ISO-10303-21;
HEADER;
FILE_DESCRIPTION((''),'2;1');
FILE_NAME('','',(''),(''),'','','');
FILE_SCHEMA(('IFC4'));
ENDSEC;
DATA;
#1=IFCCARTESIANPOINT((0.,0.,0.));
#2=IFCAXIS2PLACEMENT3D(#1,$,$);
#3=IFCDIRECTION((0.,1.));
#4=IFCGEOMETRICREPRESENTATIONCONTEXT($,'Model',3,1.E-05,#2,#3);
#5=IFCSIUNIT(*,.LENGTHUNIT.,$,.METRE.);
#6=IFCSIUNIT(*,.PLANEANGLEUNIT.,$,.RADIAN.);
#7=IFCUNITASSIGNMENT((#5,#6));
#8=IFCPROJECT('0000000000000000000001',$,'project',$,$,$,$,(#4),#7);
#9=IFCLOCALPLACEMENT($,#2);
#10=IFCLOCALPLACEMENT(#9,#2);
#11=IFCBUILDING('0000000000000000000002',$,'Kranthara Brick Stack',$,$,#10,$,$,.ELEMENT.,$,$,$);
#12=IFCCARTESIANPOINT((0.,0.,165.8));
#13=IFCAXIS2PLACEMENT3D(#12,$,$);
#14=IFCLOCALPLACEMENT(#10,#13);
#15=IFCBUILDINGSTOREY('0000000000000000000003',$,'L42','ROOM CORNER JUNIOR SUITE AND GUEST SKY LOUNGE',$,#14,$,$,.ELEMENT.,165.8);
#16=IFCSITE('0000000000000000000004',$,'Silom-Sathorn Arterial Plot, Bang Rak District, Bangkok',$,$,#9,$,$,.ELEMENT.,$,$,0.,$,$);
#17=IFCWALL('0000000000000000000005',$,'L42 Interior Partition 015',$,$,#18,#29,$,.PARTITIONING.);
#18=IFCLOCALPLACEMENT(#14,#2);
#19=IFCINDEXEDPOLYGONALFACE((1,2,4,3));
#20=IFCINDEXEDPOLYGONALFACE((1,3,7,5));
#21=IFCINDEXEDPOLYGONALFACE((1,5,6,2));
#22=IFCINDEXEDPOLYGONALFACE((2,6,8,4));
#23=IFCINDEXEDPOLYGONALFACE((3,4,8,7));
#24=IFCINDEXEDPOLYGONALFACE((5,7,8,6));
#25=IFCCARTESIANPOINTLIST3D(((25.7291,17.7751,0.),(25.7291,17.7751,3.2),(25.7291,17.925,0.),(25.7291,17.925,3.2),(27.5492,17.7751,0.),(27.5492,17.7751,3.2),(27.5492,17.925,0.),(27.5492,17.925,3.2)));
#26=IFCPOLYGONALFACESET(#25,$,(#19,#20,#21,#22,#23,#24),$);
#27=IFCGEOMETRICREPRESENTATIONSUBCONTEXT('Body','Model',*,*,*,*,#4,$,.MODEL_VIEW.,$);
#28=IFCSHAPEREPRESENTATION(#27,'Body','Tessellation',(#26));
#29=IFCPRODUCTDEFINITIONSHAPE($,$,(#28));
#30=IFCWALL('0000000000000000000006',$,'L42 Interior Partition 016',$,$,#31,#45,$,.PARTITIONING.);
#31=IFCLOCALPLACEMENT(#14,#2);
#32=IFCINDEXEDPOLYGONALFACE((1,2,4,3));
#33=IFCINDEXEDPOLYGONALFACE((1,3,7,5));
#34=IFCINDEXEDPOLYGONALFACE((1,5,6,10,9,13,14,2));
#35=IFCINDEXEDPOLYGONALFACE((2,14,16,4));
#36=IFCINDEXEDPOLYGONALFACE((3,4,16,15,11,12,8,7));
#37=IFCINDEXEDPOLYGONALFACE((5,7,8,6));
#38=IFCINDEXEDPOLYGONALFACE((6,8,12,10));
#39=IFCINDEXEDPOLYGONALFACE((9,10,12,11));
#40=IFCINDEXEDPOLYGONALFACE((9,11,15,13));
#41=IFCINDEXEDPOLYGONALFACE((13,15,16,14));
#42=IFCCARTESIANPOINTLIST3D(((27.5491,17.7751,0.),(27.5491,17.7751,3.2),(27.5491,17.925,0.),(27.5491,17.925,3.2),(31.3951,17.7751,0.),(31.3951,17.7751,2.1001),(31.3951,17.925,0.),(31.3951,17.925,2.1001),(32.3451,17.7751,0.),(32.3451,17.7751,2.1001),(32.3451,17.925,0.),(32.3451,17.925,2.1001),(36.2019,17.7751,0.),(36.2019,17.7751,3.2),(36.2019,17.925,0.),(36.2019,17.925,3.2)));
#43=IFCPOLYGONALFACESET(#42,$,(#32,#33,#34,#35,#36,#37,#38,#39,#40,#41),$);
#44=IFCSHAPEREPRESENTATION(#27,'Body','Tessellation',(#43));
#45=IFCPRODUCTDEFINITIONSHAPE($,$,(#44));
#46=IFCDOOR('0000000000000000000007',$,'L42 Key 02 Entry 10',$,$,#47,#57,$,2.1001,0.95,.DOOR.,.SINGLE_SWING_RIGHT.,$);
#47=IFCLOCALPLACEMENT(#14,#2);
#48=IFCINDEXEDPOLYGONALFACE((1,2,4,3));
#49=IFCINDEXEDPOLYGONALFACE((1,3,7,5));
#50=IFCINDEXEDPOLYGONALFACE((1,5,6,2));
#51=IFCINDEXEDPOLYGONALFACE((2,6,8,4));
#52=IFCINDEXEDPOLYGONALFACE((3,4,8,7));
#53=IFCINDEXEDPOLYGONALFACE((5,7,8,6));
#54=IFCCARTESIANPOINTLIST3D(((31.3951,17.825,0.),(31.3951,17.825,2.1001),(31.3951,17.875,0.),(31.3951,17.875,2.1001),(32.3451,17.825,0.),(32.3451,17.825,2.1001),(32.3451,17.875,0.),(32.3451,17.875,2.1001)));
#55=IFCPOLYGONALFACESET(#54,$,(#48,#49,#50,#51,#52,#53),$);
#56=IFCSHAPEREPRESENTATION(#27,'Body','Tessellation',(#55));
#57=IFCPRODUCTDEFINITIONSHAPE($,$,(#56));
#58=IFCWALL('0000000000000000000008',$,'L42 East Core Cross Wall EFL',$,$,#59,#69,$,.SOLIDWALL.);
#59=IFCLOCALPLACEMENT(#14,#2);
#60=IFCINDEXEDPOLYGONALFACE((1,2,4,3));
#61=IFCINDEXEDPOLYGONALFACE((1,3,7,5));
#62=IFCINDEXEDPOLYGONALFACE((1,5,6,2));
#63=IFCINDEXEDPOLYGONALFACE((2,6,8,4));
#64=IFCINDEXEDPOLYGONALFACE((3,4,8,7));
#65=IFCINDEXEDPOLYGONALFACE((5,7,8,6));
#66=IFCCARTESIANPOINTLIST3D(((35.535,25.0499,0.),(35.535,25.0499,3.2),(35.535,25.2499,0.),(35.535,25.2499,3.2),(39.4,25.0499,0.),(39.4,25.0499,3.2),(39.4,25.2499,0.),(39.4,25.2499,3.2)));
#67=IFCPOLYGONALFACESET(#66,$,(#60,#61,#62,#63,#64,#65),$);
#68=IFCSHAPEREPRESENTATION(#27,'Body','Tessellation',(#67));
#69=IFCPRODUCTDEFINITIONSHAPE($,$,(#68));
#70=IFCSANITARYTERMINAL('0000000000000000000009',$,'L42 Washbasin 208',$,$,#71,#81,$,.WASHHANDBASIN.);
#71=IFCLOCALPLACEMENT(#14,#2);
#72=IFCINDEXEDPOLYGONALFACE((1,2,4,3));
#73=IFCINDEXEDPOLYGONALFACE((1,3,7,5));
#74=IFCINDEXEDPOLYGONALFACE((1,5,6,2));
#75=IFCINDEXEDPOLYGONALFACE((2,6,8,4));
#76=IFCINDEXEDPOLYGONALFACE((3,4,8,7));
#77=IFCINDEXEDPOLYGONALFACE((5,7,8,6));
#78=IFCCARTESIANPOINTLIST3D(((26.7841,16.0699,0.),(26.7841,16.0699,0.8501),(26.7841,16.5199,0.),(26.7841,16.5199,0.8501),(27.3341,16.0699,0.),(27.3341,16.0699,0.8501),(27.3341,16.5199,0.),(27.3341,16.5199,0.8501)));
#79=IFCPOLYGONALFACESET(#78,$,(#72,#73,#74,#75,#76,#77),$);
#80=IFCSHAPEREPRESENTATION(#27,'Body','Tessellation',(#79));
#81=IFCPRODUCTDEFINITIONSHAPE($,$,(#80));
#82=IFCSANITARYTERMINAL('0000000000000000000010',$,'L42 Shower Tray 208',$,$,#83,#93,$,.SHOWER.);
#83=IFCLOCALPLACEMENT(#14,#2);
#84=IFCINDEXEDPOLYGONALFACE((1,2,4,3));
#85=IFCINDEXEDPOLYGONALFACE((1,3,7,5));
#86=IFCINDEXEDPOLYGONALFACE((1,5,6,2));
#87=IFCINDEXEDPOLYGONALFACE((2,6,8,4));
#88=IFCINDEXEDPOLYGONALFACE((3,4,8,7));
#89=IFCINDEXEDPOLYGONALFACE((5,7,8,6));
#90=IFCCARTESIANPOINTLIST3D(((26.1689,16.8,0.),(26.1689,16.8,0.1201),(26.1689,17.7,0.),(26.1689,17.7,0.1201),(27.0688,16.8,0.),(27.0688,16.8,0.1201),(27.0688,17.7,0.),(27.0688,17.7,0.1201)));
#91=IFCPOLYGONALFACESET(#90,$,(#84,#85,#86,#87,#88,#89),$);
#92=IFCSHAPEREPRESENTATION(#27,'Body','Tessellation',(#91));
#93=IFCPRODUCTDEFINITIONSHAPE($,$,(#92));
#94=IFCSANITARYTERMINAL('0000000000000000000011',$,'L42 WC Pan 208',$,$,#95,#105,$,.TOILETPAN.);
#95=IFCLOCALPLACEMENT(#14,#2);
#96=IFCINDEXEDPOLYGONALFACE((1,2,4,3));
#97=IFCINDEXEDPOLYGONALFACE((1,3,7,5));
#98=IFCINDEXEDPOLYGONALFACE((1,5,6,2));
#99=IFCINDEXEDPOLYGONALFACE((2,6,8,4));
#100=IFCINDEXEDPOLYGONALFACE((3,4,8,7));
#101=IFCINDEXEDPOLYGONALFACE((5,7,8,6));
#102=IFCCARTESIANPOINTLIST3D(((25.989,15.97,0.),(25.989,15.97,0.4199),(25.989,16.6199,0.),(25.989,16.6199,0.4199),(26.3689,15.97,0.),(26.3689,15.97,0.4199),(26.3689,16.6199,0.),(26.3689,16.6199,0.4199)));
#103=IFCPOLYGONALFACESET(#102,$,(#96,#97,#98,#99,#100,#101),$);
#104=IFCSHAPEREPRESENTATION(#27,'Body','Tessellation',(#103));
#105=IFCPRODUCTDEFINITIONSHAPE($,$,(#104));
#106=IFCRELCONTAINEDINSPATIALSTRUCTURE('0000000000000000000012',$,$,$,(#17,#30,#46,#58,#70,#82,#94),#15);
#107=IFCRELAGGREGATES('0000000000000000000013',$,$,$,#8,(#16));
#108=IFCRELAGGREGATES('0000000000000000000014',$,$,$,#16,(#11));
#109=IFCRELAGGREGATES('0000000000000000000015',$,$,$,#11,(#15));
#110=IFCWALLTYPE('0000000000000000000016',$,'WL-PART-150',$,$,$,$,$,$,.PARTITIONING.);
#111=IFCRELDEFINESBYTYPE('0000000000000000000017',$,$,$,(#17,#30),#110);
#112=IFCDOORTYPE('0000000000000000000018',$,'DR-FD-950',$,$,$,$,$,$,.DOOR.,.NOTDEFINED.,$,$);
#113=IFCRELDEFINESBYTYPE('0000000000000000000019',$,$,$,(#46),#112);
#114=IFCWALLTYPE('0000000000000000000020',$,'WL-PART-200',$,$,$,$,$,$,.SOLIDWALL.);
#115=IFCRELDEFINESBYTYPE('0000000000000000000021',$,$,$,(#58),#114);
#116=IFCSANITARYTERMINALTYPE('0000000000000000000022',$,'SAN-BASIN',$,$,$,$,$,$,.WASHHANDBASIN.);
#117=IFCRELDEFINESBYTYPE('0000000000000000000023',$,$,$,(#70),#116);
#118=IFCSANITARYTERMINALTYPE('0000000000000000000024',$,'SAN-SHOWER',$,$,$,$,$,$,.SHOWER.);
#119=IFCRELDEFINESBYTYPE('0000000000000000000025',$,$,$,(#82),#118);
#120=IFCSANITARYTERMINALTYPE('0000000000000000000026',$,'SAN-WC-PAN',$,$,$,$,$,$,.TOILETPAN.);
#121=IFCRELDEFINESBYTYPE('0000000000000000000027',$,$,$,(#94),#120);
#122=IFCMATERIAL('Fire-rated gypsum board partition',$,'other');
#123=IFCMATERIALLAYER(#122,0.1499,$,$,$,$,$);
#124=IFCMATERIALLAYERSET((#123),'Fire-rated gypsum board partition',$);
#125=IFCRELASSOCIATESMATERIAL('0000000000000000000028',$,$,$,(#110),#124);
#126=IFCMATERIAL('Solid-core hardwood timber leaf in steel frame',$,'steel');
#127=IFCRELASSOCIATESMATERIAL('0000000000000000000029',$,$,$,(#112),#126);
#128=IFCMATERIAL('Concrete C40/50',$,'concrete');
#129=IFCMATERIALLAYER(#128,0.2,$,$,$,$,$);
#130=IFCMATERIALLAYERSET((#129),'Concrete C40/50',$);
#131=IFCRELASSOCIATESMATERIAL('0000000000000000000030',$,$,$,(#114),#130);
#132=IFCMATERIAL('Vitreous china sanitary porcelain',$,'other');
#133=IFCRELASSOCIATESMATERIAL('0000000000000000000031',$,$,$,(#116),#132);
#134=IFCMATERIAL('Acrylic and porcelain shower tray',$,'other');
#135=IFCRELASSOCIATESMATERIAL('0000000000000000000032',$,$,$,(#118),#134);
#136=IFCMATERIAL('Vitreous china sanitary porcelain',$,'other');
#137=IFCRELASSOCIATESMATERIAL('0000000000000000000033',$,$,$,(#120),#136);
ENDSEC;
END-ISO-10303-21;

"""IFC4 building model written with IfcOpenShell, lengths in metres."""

from ifc_helpers import new_model, si_unit, direction, frame, frame_2d, origin, origin_2d, place, context, subcontext, project, spatial, rectangle, extrude, material, layer, layer_set, type_object, element, fill, save


model = new_model("IFC4")

# Units and contexts
model_context = context("Model", 3, precision=1e-05, world=origin(), true_north=direction((0.0, 1.0)))
body_context = subcontext(model_context, "Body", "Model", "MODEL_VIEW")
ifc_project = project(units=[si_unit("LENGTHUNIT", "METRE"), si_unit("PLANEANGLEUNIT", "RADIAN")], contexts=[model_context])

# Site, building, storey
site_placement = place(None, origin())
site = spatial("IfcSite", under=ifc_project, at=site_placement, Name="Silom-Sathorn Arterial Plot, Bang Rak District, Bangkok", CompositionType="ELEMENT", RefElevation=0.0)
building_placement = place(site_placement, origin())
building = spatial("IfcBuilding", under=site, at=building_placement, Name="Kranthara Brick Stack", CompositionType="ELEMENT")
storey_placement = place(building_placement, frame((0.0, 0.0, 165.8)))
storey = spatial("IfcBuildingStorey", under=building, at=storey_placement, Name="L42", Description="ROOM CORNER JUNIOR SUITE AND GUEST SKY LOUNGE", CompositionType="ELEMENT", Elevation=165.8)

# Wall
ifc_material_1 = material(Name="Fire-rated gypsum board partition", Category="other")
ifc_layer_1 = layer(ifc_material_1, 0.1499)
ifc_layer_set_1 = layer_set([ifc_layer_1], Name="Fire-rated gypsum board partition")
wall_type_1 = type_object("IfcWallType", Name="WL-PART-150", PredefinedType="PARTITIONING", material=ifc_layer_set_1)
wall_1_placement = place(storey_placement, frame((25.729, 17.8501, 0.0), z_axis=(0.0, 0.0, 1.0), x_axis=(1.0, 0.0, 0.0)))
element("IfcWall", 1, at=wall_1_placement, inside=storey, type_object=wall_type_1, Name="L42 Interior Partition 015", PredefinedType="PARTITIONING", context=body_context, shape_type="SweptSolid", body=[
    extrude(rectangle(XDim=1.8201, YDim=0.1499, at=frame_2d((0.9102, 0.0))), origin(), (0.0, 0.0, 1.0), 3.2),
])

# Wall, opening, door
wall_2_placement = place(storey_placement, frame((27.5491, 17.8501, 0.0), z_axis=(0.0, 0.0, 1.0), x_axis=(1.0, 0.0, 0.0)))
wall_2 = element("IfcWall", 2, at=wall_2_placement, inside=storey, type_object=wall_type_1, Name="L42 Interior Partition 016", PredefinedType="PARTITIONING", context=body_context, shape_type="SweptSolid", body=[
    extrude(rectangle(XDim=8.6528, YDim=0.1499, at=frame_2d((4.3264, 0.0))), origin(), (0.0, 0.0, 1.0), 3.2),
])
opening_1_placement = place(wall_2_placement, frame((3.8459, 0.0, 0.0)))
opening_1 = element("IfcOpeningElement", 3, at=opening_1_placement, cuts=wall_2, PredefinedType="OPENING", context=body_context, shape_type="SweptSolid", body=[
    extrude(rectangle(XDim=0.95, YDim=2.1001, at=frame_2d((0.4751, 1.05))), frame((0.0, 0.085, 0.0), z_axis=(0.0, -1.0, 0.0), x_axis=(1.0, 0.0, 0.0)), (0.0, 0.0, 1.0), 0.1699),
])
ifc_material_2 = material(Name="Solid-core hardwood timber leaf in steel frame", Category="steel")
door_type_1 = type_object("IfcDoorType", Name="DR-FD-950", OperationType="NOTDEFINED", PredefinedType="DOOR", material=ifc_material_2)
door_1_placement = place(opening_1_placement, origin())
door_1 = element("IfcDoor", 4, at=door_1_placement, inside=storey, type_object=door_type_1, Name="L42 Key 02 Entry 10", OperationType="SINGLE_SWING_RIGHT", OverallHeight=2.1001, OverallWidth=0.95, PredefinedType="DOOR", context=body_context, shape_type="SweptSolid", body=[
    extrude(rectangle(XDim=0.95, YDim=2.1001, at=frame_2d((0.4751, 1.05))), frame((0.0, 0.0249, 0.0), z_axis=(0.0, -1.0, 0.0), x_axis=(1.0, 0.0, 0.0)), (0.0, 0.0, 1.0), 0.05),
])
fill(opening_1, door_1)

# Wall
ifc_material_3 = material(Name="Concrete C40/50", Category="concrete")
ifc_layer_2 = layer(ifc_material_3, 0.2)
ifc_layer_set_2 = layer_set([ifc_layer_2], Name="Concrete C40/50")
wall_type_2 = type_object("IfcWallType", Name="WL-PART-200", PredefinedType="SOLIDWALL", material=ifc_layer_set_2)
wall_3_placement = place(storey_placement, frame((35.5349, 25.1499, 0.0), z_axis=(0.0, 0.0, 1.0), x_axis=(1.0, 0.0, 0.0)))
element("IfcWall", 5, at=wall_3_placement, inside=storey, type_object=wall_type_2, Name="L42 East Core Cross Wall EFL", PredefinedType="SOLIDWALL", context=body_context, shape_type="SweptSolid", body=[
    extrude(rectangle(XDim=3.865, YDim=0.2, at=frame_2d((1.9326, 0.0))), origin(), (0.0, 0.0, 1.0), 3.2),
])

# Sanitary terminals
ifc_material_4 = material(Name="Vitreous china sanitary porcelain", Category="other")
sanitary_terminal_type_1 = type_object("IfcSanitaryTerminalType", Name="SAN-BASIN", PredefinedType="WASHHANDBASIN", material=ifc_material_4)
sanitary_terminal_1_placement = place(storey_placement, frame((27.0591, 16.2949, 0.0), z_axis=(0.0, 0.0, 1.0), x_axis=(1.0, 0.0, 0.0)))
element("IfcSanitaryTerminal", 6, at=sanitary_terminal_1_placement, inside=storey, type_object=sanitary_terminal_type_1, Name="L42 Washbasin 208", PredefinedType="WASHHANDBASIN", context=body_context, shape_type="SweptSolid", body=[
    extrude(rectangle(XDim=0.55, YDim=0.45, at=origin_2d()), origin(), (0.0, 0.0, 1.0), 0.8501),
])
ifc_material_5 = material(Name="Acrylic and porcelain shower tray", Category="other")
sanitary_terminal_type_2 = type_object("IfcSanitaryTerminalType", Name="SAN-SHOWER", PredefinedType="SHOWER", material=ifc_material_5)
sanitary_terminal_2_placement = place(storey_placement, frame((26.6189, 17.25, 0.0), z_axis=(0.0, 0.0, 1.0), x_axis=(1.0, 0.0, 0.0)))
element("IfcSanitaryTerminal", 7, at=sanitary_terminal_2_placement, inside=storey, type_object=sanitary_terminal_type_2, Name="L42 Shower Tray 208", PredefinedType="SHOWER", context=body_context, shape_type="SweptSolid", body=[
    extrude(rectangle(XDim=0.8999, YDim=0.8999, at=origin_2d()), origin(), (0.0, 0.0, 1.0), 0.1201),
])
ifc_material_6 = material(Name="Vitreous china sanitary porcelain", Category="other")
sanitary_terminal_type_3 = type_object("IfcSanitaryTerminalType", Name="SAN-WC-PAN", PredefinedType="TOILETPAN", material=ifc_material_6)
sanitary_terminal_3_placement = place(storey_placement, frame((26.179, 16.2949, 0.0), z_axis=(0.0, 0.0, 1.0), x_axis=(1.0, 0.0, 0.0)))
element("IfcSanitaryTerminal", 8, at=sanitary_terminal_3_placement, inside=storey, type_object=sanitary_terminal_type_3, Name="L42 WC Pan 208", PredefinedType="TOILETPAN", context=body_context, shape_type="SweptSolid", body=[
    extrude(rectangle(XDim=0.3799, YDim=0.6499, at=origin_2d()), origin(), (0.0, 0.0, 1.0), 0.4199),
])

save(model, "model.ifc")
